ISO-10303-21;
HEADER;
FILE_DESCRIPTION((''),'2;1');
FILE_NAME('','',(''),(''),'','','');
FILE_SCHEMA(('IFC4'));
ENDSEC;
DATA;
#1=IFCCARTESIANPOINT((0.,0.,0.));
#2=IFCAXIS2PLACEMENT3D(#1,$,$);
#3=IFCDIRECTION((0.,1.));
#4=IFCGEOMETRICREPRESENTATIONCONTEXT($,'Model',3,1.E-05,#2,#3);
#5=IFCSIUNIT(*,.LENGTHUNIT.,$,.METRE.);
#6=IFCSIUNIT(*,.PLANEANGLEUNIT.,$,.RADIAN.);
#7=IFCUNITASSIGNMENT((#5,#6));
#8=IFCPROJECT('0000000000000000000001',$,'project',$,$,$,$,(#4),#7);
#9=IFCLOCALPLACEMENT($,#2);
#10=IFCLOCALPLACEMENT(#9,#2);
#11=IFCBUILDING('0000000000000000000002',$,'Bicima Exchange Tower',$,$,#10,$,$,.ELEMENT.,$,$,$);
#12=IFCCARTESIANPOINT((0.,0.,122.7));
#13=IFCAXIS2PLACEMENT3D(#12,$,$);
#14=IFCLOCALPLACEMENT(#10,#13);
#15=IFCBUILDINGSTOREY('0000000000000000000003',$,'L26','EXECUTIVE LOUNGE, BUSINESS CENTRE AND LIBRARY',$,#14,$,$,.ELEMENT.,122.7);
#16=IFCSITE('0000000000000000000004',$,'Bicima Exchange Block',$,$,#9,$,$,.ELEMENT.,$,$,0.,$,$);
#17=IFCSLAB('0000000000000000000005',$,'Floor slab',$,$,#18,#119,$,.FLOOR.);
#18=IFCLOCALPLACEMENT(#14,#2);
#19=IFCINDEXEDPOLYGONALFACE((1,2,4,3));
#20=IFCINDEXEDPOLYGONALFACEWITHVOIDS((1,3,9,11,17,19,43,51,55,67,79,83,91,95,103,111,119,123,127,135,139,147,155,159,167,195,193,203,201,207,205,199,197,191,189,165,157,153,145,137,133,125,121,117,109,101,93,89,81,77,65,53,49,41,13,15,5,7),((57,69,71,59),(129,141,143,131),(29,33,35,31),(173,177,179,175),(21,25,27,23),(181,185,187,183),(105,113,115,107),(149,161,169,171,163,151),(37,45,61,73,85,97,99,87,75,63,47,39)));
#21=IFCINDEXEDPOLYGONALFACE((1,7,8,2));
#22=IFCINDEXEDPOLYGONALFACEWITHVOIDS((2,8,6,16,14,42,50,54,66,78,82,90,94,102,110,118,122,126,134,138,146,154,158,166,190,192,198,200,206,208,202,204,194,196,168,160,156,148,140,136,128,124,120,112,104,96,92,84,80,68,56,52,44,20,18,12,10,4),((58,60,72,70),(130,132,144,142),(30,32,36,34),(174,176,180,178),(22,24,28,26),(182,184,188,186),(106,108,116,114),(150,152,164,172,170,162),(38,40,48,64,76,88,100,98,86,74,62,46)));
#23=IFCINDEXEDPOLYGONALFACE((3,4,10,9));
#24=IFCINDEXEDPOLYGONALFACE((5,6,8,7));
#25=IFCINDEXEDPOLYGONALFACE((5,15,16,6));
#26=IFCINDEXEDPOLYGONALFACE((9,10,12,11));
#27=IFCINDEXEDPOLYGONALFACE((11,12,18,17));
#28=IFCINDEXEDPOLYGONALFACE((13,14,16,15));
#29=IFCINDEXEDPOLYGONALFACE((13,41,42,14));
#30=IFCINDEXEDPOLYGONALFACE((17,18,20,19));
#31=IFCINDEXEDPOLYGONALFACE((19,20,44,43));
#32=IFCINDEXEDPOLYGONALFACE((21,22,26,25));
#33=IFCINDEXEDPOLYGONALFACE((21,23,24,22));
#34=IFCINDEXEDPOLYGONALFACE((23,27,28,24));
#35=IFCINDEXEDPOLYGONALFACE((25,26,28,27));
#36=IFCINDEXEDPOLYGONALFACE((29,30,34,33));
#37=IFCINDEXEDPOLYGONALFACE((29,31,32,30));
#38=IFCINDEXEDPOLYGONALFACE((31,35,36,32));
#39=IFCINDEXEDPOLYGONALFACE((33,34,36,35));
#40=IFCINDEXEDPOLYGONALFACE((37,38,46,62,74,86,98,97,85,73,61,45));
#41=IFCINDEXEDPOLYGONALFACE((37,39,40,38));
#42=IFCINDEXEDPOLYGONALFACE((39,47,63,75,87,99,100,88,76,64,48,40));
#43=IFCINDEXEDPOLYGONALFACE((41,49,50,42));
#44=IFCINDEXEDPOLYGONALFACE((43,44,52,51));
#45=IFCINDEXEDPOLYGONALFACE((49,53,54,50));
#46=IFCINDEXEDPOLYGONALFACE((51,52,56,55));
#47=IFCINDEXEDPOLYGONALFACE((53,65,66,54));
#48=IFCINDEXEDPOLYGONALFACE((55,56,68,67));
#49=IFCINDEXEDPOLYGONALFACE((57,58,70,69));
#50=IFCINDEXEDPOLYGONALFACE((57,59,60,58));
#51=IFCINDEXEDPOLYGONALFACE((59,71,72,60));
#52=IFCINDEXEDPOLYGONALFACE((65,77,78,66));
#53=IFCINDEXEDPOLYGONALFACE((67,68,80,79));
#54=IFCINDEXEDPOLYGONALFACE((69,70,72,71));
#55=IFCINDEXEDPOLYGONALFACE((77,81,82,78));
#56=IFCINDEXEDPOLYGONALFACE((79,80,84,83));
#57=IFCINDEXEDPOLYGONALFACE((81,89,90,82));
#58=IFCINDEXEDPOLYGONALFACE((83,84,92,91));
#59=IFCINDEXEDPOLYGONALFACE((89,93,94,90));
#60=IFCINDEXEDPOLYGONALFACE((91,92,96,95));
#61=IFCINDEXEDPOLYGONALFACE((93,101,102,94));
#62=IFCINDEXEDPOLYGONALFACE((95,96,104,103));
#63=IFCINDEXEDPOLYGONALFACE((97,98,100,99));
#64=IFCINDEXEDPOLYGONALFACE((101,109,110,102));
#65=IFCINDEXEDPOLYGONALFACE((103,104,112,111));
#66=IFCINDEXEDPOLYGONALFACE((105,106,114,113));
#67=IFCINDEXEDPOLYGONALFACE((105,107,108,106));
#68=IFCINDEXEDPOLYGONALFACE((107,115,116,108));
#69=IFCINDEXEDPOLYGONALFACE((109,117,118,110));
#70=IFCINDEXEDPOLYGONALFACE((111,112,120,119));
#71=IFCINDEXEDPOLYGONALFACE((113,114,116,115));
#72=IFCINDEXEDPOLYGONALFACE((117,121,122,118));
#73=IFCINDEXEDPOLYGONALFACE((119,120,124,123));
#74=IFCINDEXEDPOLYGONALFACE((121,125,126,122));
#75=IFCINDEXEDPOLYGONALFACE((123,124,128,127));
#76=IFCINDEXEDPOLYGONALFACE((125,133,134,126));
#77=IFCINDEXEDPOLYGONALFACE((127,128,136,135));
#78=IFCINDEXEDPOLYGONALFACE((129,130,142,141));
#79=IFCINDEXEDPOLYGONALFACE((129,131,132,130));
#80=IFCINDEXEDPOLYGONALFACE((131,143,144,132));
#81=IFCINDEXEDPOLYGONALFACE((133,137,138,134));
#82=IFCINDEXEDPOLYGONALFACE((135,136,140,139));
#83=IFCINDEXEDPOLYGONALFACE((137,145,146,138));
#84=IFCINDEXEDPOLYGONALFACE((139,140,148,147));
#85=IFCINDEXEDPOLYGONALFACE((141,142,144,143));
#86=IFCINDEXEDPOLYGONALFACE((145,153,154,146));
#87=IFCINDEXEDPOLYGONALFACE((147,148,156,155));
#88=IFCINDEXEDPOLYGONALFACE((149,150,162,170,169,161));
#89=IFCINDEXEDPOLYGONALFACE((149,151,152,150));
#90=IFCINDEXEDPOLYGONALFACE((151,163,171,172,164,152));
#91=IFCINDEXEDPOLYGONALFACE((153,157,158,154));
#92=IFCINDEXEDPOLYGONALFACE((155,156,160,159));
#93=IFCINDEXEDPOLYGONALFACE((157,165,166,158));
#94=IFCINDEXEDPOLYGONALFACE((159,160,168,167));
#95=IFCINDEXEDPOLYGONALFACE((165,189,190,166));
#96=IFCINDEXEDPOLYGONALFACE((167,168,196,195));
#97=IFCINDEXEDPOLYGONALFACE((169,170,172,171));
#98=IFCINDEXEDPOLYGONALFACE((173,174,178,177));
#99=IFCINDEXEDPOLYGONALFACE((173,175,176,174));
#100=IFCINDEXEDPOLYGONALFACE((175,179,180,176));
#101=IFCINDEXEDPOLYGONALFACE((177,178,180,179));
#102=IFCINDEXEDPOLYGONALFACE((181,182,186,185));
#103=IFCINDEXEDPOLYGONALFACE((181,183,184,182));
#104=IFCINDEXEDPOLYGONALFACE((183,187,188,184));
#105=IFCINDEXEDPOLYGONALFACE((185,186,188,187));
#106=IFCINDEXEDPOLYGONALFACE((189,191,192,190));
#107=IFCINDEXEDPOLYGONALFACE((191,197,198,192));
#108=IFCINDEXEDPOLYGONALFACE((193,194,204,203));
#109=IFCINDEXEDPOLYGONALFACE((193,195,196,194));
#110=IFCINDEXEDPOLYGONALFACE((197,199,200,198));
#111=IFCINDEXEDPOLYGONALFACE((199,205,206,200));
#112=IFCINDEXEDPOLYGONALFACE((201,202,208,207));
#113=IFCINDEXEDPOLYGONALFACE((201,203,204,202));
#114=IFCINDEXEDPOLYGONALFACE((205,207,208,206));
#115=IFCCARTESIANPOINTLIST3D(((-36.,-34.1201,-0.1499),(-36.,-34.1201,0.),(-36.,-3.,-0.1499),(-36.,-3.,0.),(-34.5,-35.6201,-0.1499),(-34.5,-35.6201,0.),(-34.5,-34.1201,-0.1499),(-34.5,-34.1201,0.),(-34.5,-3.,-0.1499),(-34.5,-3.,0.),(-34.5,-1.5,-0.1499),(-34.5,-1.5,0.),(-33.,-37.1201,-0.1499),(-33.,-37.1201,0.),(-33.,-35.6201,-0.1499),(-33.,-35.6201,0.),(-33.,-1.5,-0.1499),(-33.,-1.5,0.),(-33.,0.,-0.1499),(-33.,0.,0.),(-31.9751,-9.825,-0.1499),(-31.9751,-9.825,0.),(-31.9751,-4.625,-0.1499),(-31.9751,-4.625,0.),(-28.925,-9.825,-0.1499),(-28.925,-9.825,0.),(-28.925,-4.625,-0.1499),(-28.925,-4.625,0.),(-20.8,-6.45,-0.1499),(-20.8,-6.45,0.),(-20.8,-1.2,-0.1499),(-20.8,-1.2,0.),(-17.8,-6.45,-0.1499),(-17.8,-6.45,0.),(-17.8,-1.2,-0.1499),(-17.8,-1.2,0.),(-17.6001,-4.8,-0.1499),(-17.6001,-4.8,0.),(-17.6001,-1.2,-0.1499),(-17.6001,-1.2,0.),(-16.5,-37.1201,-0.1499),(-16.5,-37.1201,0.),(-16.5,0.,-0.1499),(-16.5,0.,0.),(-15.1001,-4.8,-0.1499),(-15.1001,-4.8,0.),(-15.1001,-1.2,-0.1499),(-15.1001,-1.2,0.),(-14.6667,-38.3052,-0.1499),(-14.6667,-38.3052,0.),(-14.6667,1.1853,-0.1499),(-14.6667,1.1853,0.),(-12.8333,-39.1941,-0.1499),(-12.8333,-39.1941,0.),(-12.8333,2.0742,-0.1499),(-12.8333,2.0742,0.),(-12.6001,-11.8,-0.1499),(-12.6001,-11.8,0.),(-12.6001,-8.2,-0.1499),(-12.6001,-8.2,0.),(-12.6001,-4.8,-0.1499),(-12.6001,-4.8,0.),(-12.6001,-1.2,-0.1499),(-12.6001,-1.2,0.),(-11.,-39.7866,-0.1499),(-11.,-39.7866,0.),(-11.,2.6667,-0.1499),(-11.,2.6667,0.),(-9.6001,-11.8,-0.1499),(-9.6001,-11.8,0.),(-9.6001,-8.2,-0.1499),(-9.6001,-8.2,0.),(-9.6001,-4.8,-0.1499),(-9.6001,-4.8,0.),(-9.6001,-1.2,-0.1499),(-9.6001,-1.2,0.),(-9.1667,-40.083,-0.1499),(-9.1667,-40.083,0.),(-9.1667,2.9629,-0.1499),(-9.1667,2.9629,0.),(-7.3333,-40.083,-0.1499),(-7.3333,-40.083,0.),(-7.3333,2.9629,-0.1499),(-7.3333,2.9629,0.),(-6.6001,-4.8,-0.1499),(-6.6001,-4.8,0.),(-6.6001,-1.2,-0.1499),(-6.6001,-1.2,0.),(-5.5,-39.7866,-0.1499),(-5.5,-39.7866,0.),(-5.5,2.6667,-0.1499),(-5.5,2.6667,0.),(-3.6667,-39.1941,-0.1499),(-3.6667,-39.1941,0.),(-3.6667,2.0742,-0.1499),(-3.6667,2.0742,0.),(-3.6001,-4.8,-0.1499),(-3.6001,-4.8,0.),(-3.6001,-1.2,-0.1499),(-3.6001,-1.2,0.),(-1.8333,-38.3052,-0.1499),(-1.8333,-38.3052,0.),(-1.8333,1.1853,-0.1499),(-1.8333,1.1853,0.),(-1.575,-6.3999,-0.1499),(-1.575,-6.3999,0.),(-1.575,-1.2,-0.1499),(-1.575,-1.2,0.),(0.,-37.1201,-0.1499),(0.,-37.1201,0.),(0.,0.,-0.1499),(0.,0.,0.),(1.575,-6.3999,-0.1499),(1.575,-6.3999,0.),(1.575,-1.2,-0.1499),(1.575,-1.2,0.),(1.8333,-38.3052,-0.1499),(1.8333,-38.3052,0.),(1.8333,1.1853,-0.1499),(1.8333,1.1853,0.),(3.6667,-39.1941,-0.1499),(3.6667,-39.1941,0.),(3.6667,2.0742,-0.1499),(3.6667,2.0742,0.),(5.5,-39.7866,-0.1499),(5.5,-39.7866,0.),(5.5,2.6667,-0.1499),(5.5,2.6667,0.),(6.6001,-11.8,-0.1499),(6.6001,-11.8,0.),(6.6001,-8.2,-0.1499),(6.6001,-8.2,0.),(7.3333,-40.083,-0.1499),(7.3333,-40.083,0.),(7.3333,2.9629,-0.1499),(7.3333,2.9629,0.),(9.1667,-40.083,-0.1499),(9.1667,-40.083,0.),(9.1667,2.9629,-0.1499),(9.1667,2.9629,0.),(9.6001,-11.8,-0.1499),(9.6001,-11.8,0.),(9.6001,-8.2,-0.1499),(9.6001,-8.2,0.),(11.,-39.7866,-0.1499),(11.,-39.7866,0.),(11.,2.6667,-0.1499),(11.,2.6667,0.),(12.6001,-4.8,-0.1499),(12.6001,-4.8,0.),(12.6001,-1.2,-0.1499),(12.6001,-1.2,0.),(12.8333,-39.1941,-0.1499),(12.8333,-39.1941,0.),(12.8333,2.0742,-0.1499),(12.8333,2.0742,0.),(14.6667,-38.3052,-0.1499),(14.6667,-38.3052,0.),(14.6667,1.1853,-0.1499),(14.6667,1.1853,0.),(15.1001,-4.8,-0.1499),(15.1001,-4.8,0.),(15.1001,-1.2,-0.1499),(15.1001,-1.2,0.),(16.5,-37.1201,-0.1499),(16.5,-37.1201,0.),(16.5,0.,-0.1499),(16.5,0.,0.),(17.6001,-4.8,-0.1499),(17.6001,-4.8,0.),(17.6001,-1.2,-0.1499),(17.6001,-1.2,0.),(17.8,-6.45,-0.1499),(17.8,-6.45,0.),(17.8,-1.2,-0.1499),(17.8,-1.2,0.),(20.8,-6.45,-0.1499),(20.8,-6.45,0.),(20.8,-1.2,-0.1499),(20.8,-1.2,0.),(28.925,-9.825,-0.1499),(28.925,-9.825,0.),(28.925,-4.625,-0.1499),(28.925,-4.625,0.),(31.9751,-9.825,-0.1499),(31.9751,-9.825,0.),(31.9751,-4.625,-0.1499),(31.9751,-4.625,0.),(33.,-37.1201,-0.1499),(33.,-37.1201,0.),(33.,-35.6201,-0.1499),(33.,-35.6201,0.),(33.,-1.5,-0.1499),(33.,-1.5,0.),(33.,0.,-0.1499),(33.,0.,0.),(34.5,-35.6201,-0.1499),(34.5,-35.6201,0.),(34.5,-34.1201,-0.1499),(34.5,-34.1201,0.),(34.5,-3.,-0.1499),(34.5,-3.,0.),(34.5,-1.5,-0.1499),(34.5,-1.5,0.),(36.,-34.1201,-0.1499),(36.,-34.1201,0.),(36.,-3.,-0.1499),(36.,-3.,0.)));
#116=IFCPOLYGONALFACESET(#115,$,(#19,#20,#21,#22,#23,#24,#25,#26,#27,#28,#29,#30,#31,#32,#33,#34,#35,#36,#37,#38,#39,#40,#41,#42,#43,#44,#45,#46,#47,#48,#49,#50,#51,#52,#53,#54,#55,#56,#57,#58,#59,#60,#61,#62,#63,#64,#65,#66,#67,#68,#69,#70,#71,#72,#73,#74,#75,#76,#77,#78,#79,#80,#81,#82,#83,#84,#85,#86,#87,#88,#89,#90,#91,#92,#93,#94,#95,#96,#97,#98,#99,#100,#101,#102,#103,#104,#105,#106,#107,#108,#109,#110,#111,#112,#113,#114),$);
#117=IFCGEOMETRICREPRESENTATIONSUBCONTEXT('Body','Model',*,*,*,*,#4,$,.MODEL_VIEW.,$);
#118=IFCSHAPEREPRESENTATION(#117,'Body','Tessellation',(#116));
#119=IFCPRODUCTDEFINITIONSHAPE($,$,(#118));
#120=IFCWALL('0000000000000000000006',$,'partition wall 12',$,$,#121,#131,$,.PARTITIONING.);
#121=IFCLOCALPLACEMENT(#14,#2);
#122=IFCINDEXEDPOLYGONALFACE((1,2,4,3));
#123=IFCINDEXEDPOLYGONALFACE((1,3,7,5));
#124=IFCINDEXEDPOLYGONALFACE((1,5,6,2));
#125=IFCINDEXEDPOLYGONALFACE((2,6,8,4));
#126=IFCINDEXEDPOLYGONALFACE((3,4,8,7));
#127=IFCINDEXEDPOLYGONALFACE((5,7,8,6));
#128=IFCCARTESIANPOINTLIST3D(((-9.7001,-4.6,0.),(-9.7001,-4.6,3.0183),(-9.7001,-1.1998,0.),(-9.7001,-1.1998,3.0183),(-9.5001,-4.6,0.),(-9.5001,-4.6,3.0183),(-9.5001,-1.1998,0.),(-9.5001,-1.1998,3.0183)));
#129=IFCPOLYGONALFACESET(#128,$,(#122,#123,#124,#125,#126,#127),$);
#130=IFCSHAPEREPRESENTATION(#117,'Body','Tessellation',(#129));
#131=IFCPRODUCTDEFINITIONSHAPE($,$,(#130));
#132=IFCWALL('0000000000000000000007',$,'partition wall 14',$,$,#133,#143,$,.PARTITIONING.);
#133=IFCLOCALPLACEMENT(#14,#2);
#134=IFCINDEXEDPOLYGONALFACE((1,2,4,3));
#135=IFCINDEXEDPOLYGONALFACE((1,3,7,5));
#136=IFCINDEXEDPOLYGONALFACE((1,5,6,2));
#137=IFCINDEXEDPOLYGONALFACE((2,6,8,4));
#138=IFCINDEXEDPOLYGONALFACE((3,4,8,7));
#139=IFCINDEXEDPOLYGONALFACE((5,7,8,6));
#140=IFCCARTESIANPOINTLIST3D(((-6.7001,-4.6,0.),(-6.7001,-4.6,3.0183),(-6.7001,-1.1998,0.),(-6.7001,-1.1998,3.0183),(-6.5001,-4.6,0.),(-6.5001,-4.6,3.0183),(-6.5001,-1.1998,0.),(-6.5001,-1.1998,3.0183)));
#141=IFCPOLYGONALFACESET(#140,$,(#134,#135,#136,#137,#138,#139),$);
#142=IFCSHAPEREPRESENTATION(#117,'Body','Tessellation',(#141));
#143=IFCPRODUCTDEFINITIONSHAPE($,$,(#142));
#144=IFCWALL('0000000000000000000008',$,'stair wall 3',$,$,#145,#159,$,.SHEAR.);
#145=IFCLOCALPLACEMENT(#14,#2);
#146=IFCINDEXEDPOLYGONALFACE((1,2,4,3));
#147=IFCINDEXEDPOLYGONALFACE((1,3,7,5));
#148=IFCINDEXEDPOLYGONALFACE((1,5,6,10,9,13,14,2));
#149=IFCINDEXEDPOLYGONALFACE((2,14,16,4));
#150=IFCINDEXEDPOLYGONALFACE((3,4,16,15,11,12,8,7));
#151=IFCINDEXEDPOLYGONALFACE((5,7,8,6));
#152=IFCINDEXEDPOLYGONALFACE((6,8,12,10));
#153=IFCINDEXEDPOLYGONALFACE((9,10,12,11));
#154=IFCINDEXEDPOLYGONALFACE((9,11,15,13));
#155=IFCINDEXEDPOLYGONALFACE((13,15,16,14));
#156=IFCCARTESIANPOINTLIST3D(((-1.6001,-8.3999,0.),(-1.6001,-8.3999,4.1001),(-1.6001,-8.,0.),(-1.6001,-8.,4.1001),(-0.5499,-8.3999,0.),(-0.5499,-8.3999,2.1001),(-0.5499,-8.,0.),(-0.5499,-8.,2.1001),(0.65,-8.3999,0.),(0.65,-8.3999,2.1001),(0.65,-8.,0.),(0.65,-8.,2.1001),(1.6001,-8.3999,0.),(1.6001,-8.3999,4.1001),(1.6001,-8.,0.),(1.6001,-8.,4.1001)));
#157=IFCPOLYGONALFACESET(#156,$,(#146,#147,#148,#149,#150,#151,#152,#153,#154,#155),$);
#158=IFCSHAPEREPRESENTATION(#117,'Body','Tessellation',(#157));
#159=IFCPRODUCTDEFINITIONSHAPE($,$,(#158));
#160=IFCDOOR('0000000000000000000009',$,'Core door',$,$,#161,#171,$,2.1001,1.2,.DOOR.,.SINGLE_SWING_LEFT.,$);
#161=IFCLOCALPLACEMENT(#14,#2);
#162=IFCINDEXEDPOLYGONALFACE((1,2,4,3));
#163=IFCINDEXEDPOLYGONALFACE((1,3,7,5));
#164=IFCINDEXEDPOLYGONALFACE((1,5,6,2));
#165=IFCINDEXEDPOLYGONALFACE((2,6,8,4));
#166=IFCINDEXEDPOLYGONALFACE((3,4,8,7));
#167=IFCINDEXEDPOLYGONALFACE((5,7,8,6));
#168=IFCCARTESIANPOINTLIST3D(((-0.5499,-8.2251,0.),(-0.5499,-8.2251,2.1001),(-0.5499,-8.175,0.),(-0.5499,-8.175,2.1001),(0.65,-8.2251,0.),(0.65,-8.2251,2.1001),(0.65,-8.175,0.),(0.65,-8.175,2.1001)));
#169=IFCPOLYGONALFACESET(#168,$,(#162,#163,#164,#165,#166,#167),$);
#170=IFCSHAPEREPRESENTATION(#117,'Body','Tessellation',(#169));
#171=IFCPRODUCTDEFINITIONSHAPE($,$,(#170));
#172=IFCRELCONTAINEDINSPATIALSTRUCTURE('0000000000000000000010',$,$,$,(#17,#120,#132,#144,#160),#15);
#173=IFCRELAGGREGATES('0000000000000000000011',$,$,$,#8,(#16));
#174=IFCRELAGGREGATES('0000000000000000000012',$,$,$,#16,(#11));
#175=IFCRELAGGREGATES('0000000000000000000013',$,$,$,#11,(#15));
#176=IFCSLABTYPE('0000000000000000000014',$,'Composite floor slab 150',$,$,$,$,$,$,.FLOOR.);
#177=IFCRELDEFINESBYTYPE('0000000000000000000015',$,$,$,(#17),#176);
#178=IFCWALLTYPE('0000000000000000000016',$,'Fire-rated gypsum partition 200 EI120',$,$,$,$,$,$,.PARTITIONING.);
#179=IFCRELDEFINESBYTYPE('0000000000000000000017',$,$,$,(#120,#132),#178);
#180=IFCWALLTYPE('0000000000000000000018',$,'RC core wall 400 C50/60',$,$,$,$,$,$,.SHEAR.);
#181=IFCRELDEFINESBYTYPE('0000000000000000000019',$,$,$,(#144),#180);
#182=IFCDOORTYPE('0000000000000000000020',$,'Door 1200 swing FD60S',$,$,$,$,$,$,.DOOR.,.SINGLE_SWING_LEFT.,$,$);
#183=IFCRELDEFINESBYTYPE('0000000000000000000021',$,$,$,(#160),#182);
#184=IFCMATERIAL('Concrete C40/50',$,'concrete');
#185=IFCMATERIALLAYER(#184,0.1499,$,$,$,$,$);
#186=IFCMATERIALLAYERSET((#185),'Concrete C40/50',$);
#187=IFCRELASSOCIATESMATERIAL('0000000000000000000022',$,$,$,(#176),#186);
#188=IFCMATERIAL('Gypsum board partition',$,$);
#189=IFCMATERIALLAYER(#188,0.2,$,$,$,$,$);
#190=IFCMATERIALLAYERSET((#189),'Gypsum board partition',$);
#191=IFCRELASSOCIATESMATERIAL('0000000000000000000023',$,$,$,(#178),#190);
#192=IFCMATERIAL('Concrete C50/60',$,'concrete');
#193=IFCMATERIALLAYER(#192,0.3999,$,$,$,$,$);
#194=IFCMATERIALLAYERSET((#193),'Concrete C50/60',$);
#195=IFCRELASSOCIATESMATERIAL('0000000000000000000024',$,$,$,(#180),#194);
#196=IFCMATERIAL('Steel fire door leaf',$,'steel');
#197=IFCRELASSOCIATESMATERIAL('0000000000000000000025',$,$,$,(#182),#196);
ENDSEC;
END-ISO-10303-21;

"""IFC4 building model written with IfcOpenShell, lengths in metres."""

from ifc_helpers import new_model, si_unit, direction, frame, frame_2d, origin, place, context, subcontext, project, spatial, polyline, rectangle, outline, extrude, material, layer, layer_set, type_object, element, fill, save


model = new_model("IFC4")

# Units and contexts
model_context = context("Model", 3, precision=1e-05, world=origin(), true_north=direction((0.0, 1.0)))
body_context = subcontext(model_context, "Body", "Model", "MODEL_VIEW")
ifc_project = project(units=[si_unit("LENGTHUNIT", "METRE"), si_unit("PLANEANGLEUNIT", "RADIAN")], contexts=[model_context])

# Site, building, storey
site_placement = place(None, origin())
site = spatial("IfcSite", under=ifc_project, at=site_placement, Name="Bicima Exchange Block", CompositionType="ELEMENT", RefElevation=0.0)
building_placement = place(site_placement, origin())
building = spatial("IfcBuilding", under=site, at=building_placement, Name="Bicima Exchange Tower", CompositionType="ELEMENT")
storey_placement = place(building_placement, frame((0.0, 0.0, 122.7)))
storey = spatial("IfcBuildingStorey", under=building, at=storey_placement, Name="L26", Description="EXECUTIVE LOUNGE, BUSINESS CENTRE AND LIBRARY", CompositionType="ELEMENT", Elevation=122.7)

# Slab
ifc_material_1 = material(Name="Concrete C40/50", Category="concrete")
ifc_layer_1 = layer(ifc_material_1, 0.1499)
ifc_layer_set_1 = layer_set([ifc_layer_1], Name="Concrete C40/50")
slab_type = type_object("IfcSlabType", Name="Composite floor slab 150", PredefinedType="FLOOR", material=ifc_layer_set_1)
slab_placement = place(storey_placement, frame((0.0, 0.0, -0.1499)))
element("IfcSlab", 1, at=slab_placement, inside=storey, type_object=slab_type, Name="Floor slab", PredefinedType="FLOOR", context=body_context, shape_type="SweptSolid", body=[
    extrude(outline(polyline([(-36.0, -34.1201), (-36.0, -3.0), (-34.5, -3.0), (-34.5, -1.5), (-33.0, -1.5), (-33.0, 0.0), (-16.5, 0.0), (-14.6667, 1.1853), (-12.8333, 2.0742), (-11.0, 2.6667), (-9.1667, 2.9629), (-7.3333, 2.9629), (-5.5, 2.6667), (-3.6667, 2.0742), (-1.8333, 1.1853), (0.0, 0.0), (1.8333, 1.1853), (3.6667, 2.0742), (5.5, 2.6667), (7.3333, 2.9629), (9.1667, 2.9629), (11.0, 2.6667), (12.8333, 2.0742), (14.6667, 1.1853), (16.5, 0.0), (33.0, 0.0), (33.0, -1.5), (34.5, -1.5), (34.5, -3.0), (36.0, -3.0), (36.0, -34.1201), (34.5, -34.1201), (34.5, -35.6201), (33.0, -35.6201), (33.0, -37.1201), (16.5, -37.1201), (14.6667, -38.3052), (12.8333, -39.1941), (11.0, -39.7866), (9.1667, -40.083), (7.3333, -40.083), (5.5, -39.7866), (3.6667, -39.1941), (1.8333, -38.3052), (0.0, -37.1201), (-1.8333, -38.3052), (-3.6667, -39.1941), (-5.5, -39.7866), (-7.3333, -40.083), (-9.1667, -40.083), (-11.0, -39.7866), (-12.8333, -39.1941), (-14.6667, -38.3052), (-16.5, -37.1201), (-33.0, -37.1201), (-33.0, -35.6201), (-34.5, -35.6201), (-34.5, -34.1201), (-36.0, -34.1201)]), holes=[polyline([(-9.6001, -11.8), (-9.6001, -8.2), (-12.6001, -8.2), (-12.6001, -11.8), (-9.6001, -11.8)]), polyline([(-31.9751, -9.825), (-28.925, -9.825), (-28.925, -4.625), (-31.9751, -4.625), (-31.9751, -9.825)]), polyline([(-20.8, -6.45), (-17.8, -6.45), (-17.8, -1.2), (-20.8, -1.2), (-20.8, -6.45)]), polyline([(-9.6001, -1.2), (-12.6001, -1.2), (-15.1001, -1.2), (-17.6001, -1.2), (-17.6001, -4.8), (-15.1001, -4.8), (-12.6001, -4.8), (-9.6001, -4.8), (-6.6001, -4.8), (-3.6001, -4.8), (-3.6001, -1.2), (-6.6001, -1.2), (-9.6001, -1.2)]), polyline([(9.6001, -11.8), (9.6001, -8.2), (6.6001, -8.2), (6.6001, -11.8), (9.6001, -11.8)]), polyline([(28.925, -9.825), (31.9751, -9.825), (31.9751, -4.625), (28.925, -4.625), (28.925, -9.825)]), polyline([(17.8, -6.45), (20.8, -6.45), (20.8, -1.2), (17.8, -1.2), (17.8, -6.45)]), polyline([(-1.575, -6.3999), (1.575, -6.3999), (1.575, -1.2), (-1.575, -1.2), (-1.575, -6.3999)]), polyline([(17.6001, -4.8), (17.6001, -1.2), (15.1001, -1.2), (12.6001, -1.2), (12.6001, -4.8), (15.1001, -4.8), (17.6001, -4.8)])]), origin(), (0.0, 0.0, 1.0), 0.1499),
])

# Walls
ifc_material_2 = material(Name="Gypsum board partition")
ifc_layer_2 = layer(ifc_material_2, 0.2)
ifc_layer_set_2 = layer_set([ifc_layer_2], Name="Gypsum board partition")
wall_type_1 = type_object("IfcWallType", Name="Fire-rated gypsum partition 200 EI120", PredefinedType="PARTITIONING", material=ifc_layer_set_2)
for number, where, z_axis, x_axis, name in (
    (2, (-9.6001, -4.6001, 0.0), (0.0, 0.0, 1.0), (0.0, 1.0, 0.0), "partition wall 12"),
    (3, (-6.6001, -4.6001, 0.0), (0.0, 0.0, 1.0), (0.0, 1.0, 0.0), "partition wall 14"),
):
    element("IfcWall", number, at=place(storey_placement, frame(where, z_axis=z_axis, x_axis=x_axis)), inside=storey, type_object=wall_type_1, Name=name, PredefinedType="PARTITIONING", context=body_context, shape_type="SweptSolid", body=[
        extrude(rectangle(XDim=3.4001, YDim=0.2, at=frame_2d((1.7002, 0.0))), origin(), (0.0, 0.0, 1.0), 3.0183),
    ])

# Wall, opening, door
ifc_material_3 = material(Name="Concrete C50/60", Category="concrete")
ifc_layer_3 = layer(ifc_material_3, 0.3999)
ifc_layer_set_3 = layer_set([ifc_layer_3], Name="Concrete C50/60")
wall_type_2 = type_object("IfcWallType", Name="RC core wall 400 C50/60", PredefinedType="SHEAR", material=ifc_layer_set_3)
wall_1_placement = place(storey_placement, frame((-1.6001, -8.2, 0.0), z_axis=(0.0, 0.0, 1.0), x_axis=(1.0, 0.0, 0.0)))
wall_1 = element("IfcWall", 4, at=wall_1_placement, inside=storey, type_object=wall_type_2, Name="stair wall 3", PredefinedType="SHEAR", context=body_context, shape_type="SweptSolid", body=[
    extrude(rectangle(XDim=3.2002, YDim=0.3999, at=frame_2d((1.6001, 0.0))), origin(), (0.0, 0.0, 1.0), 4.1001),
])
opening_1_placement = place(wall_1_placement, frame((1.05, 0.0, 0.0)))
opening_1 = element("IfcOpeningElement", 5, at=opening_1_placement, cuts=wall_1, PredefinedType="OPENING", context=body_context, shape_type="SweptSolid", body=[
    extrude(rectangle(XDim=1.2, YDim=2.1001, at=frame_2d((0.6001, 1.05))), frame((0.0, 0.2119, 0.0), z_axis=(0.0, -1.0, 0.0), x_axis=(1.0, 0.0, 0.0)), (0.0, 0.0, 1.0), 0.4238),
])
ifc_material_4 = material(Name="Steel fire door leaf", Category="steel")
door_type_1 = type_object("IfcDoorType", Name="Door 1200 swing FD60S", OperationType="SINGLE_SWING_LEFT", PredefinedType="DOOR", material=ifc_material_4)
door_1_placement = place(opening_1_placement, origin())
door_1 = element("IfcDoor", 6, at=door_1_placement, inside=storey, type_object=door_type_1, Name="Core door", OperationType="SINGLE_SWING_LEFT", OverallHeight=2.1001, OverallWidth=1.2, PredefinedType="DOOR", context=body_context, shape_type="SweptSolid", body=[
    extrude(rectangle(XDim=1.2, YDim=2.1001, at=frame_2d((0.6001, 1.05))), frame((0.0, 0.0249, 0.0), z_axis=(0.0, -1.0, 0.0), x_axis=(1.0, 0.0, 0.0)), (0.0, 0.0, 1.0), 0.05),
])
fill(opening_1, door_1)

save(model, "model.ifc")
